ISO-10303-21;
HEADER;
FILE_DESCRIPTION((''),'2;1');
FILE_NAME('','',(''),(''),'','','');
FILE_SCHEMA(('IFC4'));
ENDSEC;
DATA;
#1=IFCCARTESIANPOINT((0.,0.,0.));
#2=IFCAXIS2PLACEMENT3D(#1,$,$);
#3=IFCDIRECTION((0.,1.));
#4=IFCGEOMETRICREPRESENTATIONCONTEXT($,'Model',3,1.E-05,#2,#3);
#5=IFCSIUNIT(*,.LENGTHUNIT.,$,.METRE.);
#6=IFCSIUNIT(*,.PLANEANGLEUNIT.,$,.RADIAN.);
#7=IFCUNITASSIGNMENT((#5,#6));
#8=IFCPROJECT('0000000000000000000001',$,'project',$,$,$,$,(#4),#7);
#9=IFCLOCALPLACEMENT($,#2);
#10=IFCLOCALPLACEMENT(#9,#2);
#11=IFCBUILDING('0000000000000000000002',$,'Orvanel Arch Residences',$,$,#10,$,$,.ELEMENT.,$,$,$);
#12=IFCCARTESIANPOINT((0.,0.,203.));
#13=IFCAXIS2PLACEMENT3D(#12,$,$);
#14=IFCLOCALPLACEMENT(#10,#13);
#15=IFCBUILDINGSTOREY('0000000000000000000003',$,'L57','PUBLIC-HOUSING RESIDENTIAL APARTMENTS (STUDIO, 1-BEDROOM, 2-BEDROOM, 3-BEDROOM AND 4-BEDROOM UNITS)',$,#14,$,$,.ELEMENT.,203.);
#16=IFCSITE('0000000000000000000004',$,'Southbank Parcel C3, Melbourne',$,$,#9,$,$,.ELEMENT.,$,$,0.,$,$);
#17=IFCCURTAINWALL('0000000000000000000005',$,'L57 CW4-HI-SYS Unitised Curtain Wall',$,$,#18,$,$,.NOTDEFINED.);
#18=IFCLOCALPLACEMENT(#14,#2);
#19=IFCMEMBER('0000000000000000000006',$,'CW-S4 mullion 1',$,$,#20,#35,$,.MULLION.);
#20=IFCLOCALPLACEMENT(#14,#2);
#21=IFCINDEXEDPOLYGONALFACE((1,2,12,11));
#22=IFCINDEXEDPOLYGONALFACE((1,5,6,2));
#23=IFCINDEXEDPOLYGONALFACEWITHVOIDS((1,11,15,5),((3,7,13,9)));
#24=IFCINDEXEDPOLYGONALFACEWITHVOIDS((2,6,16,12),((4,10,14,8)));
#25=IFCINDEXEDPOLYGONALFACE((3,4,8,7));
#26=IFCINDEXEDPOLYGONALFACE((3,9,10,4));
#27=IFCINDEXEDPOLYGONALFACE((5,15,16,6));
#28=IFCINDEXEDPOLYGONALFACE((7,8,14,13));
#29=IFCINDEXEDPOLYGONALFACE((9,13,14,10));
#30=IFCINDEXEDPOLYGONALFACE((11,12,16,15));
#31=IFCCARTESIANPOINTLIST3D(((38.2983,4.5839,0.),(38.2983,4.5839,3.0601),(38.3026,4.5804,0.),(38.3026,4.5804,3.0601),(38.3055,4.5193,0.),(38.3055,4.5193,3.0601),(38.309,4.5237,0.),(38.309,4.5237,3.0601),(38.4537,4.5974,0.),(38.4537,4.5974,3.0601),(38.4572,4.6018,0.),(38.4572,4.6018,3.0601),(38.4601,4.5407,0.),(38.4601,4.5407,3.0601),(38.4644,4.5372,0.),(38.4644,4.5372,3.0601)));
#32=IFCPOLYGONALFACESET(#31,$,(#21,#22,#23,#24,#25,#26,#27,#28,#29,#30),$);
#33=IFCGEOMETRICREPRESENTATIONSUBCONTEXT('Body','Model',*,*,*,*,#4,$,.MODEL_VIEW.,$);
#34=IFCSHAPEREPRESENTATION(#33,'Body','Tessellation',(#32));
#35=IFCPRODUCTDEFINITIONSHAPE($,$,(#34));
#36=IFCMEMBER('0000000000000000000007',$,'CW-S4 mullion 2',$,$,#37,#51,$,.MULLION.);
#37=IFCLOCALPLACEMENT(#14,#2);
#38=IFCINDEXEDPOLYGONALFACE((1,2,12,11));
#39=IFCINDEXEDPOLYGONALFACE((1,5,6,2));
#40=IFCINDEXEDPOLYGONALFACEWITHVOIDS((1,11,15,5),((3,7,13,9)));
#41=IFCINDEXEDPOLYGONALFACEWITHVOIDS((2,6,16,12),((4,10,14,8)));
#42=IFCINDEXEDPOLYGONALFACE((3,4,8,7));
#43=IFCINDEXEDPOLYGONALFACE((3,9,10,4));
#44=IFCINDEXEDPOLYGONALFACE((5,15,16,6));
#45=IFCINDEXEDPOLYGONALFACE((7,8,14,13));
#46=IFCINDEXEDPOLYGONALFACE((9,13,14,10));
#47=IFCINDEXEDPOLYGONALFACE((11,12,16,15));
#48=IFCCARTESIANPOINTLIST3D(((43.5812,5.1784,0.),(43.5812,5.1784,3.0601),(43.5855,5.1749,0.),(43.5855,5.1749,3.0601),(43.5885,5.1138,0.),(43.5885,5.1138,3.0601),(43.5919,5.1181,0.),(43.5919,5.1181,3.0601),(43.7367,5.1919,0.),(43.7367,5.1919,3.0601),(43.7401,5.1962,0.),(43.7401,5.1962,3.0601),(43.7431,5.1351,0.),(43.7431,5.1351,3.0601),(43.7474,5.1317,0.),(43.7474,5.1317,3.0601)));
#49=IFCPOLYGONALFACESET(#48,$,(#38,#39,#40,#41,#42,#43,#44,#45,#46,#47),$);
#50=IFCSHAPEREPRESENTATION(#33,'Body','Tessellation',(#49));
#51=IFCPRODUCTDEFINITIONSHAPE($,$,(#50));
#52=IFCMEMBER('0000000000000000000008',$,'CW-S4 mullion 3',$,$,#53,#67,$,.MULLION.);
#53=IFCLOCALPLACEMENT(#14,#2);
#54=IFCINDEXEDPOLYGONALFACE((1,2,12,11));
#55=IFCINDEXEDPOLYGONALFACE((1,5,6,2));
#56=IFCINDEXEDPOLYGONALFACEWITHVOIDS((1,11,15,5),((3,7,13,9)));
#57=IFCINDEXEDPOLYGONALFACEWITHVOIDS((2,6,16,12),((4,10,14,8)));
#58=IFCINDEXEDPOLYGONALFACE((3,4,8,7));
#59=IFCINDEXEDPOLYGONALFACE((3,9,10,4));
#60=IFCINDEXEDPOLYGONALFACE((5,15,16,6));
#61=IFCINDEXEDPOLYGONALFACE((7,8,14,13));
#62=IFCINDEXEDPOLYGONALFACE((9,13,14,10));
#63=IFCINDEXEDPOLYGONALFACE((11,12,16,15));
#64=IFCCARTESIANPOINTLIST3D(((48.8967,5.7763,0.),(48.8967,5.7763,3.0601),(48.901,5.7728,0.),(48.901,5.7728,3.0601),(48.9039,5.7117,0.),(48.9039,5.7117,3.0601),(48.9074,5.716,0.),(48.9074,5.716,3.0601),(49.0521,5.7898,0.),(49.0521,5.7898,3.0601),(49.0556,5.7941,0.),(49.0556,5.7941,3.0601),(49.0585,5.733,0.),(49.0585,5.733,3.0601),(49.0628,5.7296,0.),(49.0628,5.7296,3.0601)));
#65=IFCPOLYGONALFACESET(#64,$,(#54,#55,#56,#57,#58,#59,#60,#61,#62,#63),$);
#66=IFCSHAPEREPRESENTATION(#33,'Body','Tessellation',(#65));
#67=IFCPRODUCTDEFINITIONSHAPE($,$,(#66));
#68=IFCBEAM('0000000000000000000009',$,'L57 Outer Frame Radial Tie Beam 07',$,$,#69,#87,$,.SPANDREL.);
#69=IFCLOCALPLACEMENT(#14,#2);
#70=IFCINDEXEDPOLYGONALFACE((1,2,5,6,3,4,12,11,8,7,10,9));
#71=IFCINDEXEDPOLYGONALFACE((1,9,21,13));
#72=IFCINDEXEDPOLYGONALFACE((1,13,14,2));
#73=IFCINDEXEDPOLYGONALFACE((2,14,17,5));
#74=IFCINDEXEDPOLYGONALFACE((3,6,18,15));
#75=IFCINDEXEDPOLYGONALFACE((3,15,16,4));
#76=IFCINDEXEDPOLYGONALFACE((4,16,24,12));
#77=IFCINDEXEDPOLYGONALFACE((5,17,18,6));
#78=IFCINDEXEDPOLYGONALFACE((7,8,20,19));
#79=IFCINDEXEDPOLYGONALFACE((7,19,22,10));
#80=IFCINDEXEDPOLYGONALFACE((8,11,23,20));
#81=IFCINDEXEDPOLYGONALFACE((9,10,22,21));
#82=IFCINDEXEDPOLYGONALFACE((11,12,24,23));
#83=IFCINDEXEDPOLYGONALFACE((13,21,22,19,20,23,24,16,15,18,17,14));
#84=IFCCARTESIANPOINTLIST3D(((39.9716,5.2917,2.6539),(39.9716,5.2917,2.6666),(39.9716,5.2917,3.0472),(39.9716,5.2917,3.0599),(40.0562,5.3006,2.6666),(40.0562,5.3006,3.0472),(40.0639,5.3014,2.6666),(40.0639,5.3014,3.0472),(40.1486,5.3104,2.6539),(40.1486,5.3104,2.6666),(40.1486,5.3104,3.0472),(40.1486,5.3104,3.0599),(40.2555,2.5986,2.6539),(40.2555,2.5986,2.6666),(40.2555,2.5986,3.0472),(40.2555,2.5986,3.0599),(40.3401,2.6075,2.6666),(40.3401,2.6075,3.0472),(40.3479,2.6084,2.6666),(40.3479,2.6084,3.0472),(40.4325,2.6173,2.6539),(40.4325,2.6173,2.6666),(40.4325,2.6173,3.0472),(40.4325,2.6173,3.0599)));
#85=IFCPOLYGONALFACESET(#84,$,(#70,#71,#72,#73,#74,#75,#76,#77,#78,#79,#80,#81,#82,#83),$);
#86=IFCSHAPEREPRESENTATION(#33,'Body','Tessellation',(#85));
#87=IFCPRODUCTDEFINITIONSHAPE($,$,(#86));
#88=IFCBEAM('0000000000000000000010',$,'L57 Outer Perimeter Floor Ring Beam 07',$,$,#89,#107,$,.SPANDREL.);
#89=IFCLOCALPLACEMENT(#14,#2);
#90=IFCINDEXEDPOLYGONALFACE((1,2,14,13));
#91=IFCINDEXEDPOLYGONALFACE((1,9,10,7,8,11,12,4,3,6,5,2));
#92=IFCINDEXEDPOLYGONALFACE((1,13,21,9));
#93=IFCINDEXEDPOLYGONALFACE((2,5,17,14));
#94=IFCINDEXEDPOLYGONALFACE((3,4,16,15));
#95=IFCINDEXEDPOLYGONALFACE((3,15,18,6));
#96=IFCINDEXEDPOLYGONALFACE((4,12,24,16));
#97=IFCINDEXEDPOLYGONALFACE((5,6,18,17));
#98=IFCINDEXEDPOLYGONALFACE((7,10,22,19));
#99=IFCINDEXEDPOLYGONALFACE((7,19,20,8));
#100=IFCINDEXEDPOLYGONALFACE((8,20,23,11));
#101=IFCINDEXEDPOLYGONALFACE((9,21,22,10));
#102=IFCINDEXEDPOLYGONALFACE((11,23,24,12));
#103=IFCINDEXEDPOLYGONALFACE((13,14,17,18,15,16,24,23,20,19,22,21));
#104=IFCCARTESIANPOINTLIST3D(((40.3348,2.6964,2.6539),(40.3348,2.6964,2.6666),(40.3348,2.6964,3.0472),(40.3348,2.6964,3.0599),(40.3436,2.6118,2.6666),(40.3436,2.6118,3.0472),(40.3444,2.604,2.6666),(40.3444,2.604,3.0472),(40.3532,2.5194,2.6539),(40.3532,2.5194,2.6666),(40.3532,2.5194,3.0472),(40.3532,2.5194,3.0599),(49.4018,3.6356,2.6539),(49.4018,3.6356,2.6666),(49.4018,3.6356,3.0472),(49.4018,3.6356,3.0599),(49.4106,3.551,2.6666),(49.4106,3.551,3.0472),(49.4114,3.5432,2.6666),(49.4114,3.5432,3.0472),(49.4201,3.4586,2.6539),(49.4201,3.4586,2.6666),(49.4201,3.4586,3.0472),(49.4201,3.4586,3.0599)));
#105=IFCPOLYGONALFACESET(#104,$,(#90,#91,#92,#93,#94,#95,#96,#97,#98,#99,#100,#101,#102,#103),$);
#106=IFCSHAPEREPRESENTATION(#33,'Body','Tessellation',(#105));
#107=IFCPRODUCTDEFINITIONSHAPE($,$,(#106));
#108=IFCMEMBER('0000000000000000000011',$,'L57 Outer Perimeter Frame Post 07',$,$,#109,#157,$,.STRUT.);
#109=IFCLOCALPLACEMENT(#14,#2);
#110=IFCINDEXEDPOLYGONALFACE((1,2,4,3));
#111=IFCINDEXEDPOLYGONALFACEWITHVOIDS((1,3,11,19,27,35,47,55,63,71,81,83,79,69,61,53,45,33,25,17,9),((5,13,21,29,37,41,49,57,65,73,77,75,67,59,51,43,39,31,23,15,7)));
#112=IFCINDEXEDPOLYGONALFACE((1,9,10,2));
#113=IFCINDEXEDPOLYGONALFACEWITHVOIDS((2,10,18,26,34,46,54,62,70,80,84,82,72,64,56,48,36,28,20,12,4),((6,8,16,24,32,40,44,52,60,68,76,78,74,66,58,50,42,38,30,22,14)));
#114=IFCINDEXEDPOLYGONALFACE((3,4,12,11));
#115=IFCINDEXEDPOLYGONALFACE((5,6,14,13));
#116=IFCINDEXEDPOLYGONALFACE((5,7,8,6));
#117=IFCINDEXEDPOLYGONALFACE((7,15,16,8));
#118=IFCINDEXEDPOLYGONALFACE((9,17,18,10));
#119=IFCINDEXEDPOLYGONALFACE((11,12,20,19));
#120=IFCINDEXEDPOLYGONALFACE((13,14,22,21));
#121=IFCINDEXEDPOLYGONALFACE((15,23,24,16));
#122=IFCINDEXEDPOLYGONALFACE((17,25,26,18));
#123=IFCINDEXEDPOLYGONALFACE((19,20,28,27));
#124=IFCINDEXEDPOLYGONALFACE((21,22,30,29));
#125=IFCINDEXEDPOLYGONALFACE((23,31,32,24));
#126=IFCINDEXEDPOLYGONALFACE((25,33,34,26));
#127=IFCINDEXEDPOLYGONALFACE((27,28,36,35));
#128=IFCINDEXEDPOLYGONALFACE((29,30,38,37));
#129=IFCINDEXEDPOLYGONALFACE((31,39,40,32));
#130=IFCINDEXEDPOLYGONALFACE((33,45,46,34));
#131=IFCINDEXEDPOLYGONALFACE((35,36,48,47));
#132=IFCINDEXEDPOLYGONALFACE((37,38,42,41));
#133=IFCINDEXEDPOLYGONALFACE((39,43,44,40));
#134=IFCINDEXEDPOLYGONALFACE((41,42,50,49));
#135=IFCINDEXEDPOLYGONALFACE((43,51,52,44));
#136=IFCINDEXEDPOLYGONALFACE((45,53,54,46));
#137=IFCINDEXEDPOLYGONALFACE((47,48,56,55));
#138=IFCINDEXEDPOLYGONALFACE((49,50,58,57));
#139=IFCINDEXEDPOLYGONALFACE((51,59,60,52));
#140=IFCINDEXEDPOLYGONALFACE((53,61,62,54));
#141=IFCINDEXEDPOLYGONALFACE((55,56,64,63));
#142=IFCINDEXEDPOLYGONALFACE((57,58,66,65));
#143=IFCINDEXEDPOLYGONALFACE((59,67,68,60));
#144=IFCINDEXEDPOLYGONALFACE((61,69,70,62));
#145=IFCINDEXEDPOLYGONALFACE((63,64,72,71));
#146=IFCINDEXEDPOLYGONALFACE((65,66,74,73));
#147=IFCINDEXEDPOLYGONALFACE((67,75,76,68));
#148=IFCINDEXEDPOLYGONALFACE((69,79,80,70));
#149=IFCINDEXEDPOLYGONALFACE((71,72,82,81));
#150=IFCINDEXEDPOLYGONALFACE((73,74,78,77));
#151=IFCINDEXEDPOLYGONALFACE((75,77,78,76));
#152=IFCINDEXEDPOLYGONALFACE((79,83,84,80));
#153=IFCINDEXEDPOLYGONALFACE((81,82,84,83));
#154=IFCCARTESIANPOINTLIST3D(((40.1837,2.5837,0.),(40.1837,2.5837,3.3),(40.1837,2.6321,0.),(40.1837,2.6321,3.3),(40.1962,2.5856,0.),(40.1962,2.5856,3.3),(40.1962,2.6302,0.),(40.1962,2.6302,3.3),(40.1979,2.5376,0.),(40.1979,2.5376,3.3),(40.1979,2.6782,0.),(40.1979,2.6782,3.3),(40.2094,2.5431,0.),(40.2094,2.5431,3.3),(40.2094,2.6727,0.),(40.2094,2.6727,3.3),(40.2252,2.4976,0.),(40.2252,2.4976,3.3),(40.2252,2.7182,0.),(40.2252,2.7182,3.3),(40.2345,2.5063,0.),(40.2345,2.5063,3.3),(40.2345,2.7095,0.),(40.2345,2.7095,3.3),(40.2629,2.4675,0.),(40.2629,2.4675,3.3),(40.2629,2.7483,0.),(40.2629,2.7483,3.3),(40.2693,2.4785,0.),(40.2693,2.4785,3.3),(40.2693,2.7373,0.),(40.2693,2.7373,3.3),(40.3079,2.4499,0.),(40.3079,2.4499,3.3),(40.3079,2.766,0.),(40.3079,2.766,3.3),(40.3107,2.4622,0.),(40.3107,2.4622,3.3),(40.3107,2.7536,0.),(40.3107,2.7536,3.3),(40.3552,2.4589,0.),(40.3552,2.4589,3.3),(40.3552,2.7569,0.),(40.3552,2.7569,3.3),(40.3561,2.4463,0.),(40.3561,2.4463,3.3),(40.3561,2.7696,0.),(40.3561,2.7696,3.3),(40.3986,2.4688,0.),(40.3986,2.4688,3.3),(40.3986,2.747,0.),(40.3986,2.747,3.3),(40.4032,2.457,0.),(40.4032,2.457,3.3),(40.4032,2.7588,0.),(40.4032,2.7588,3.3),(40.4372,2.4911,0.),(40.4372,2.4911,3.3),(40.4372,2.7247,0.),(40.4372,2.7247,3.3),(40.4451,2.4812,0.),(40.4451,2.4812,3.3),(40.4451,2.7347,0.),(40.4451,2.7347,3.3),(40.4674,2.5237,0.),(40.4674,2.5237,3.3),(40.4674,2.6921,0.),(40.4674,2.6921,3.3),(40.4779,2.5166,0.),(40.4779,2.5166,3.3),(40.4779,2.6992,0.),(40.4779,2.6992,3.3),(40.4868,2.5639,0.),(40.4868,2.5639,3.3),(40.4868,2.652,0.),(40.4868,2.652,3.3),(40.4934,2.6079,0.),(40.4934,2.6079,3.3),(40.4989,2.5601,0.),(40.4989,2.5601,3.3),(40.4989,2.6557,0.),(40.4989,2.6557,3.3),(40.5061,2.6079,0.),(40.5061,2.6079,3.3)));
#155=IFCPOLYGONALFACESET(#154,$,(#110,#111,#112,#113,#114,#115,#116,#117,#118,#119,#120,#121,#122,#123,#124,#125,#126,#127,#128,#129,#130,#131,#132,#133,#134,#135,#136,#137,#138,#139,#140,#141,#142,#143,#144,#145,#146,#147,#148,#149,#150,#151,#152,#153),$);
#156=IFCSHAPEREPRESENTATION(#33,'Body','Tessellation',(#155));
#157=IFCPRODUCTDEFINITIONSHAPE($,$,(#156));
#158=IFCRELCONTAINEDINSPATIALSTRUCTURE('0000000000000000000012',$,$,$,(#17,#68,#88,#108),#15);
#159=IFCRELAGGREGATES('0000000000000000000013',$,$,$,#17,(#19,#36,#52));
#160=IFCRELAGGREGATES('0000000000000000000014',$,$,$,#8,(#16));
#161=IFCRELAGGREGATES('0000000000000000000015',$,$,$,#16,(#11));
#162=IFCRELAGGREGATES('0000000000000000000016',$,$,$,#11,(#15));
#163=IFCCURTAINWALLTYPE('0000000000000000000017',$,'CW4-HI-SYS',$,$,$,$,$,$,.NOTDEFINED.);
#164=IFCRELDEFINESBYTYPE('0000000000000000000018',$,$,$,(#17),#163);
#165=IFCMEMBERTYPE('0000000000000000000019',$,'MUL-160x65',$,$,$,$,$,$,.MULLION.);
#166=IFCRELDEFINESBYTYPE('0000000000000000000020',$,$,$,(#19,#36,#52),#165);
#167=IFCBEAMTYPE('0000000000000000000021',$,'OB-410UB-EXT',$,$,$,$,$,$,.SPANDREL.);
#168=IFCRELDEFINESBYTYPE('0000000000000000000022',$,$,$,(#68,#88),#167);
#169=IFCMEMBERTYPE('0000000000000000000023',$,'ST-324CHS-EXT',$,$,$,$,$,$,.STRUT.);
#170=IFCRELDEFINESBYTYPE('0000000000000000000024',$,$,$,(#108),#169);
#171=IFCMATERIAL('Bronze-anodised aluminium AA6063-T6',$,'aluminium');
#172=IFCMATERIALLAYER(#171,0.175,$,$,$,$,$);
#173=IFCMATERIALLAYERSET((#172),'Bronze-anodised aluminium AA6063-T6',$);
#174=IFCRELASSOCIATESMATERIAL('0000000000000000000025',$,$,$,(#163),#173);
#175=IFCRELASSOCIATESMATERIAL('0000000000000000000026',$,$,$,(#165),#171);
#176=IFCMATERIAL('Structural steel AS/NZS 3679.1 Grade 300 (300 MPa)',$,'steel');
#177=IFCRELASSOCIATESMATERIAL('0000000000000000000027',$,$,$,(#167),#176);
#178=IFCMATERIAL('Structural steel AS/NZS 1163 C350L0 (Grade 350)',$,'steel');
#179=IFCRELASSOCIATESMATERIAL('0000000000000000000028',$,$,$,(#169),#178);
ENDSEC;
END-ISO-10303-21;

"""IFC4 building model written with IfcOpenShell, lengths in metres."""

from ifc_helpers import new_model, si_unit, direction, frame, origin, origin_2d, place, context, subcontext, project, spatial, hollow_rectangle, hollow_circle, i_section, extrude, material, layer, layer_set, material_profile, profile_set, type_object, element, aggregate, save


model = new_model("IFC4")

# Units and contexts
model_context = context("Model", 3, precision=1e-05, world=origin(), true_north=direction((0.0, 1.0)))
body_context = subcontext(model_context, "Body", "Model", "MODEL_VIEW")
ifc_project = project(units=[si_unit("LENGTHUNIT", "METRE"), si_unit("PLANEANGLEUNIT", "RADIAN")], contexts=[model_context])

# Site, building, storey
site_placement = place(None, origin())
site = spatial("IfcSite", under=ifc_project, at=site_placement, Name="Southbank Parcel C3, Melbourne", CompositionType="ELEMENT", RefElevation=0.0)
building_placement = place(site_placement, origin())
building = spatial("IfcBuilding", under=site, at=building_placement, Name="Orvanel Arch Residences", CompositionType="ELEMENT")
storey_placement = place(building_placement, frame((0.0, 0.0, 203.0)))
storey = spatial("IfcBuildingStorey", under=building, at=storey_placement, Name="L57", Description="PUBLIC-HOUSING RESIDENTIAL APARTMENTS (STUDIO, 1-BEDROOM, 2-BEDROOM, 3-BEDROOM AND 4-BEDROOM UNITS)", CompositionType="ELEMENT", Elevation=203.0)

# Curtain wall, members
ifc_material_1 = material(Name="Bronze-anodised aluminium AA6063-T6", Category="aluminium")
ifc_layer_1 = layer(ifc_material_1, 0.175)
ifc_layer_set_1 = layer_set([ifc_layer_1], Name="Bronze-anodised aluminium AA6063-T6")
curtain_wall_type = type_object("IfcCurtainWallType", Name="CW4-HI-SYS", PredefinedType="NOTDEFINED", material=ifc_layer_set_1)
curtain_wall_placement = place(storey_placement, origin())
curtain_wall = element("IfcCurtainWall", 1, at=curtain_wall_placement, inside=storey, type_object=curtain_wall_type, Name="L57 CW4-HI-SYS Unitised Curtain Wall", PredefinedType="NOTDEFINED")
ifc_material_profile_1 = material_profile(ifc_material_1, hollow_rectangle(XDim=0.0649, YDim=0.1599, WallThickness=0.0039, at=origin_2d()), Name="ALU160x65x4")
ifc_profile_set_1 = profile_set([ifc_material_profile_1], Name="Bronze-anodised aluminium AA6063-T6")
member_type_1 = type_object("IfcMemberType", Name="MUL-160x65", PredefinedType="MULLION", material=ifc_profile_set_1)
member_1_placement = place(storey_placement, frame((38.3813, 4.5605, 0.0), z_axis=(0.0, 0.0, 1.0), x_axis=(-0.111799, 0.993731, 0.0)))
member_1 = element("IfcMember", 2, at=member_1_placement, type_object=member_type_1, Name="CW-S4 mullion 1", PredefinedType="MULLION", context=body_context, shape_type="SweptSolid", body=[
    extrude(hollow_rectangle(XDim=0.0649, YDim=0.1599, WallThickness=0.0039, at=origin_2d()), origin(), (0.0, 0.0, 1.0), 3.0601),
])
member_2_placement = place(storey_placement, frame((43.6643, 5.155, 0.0), z_axis=(0.0, 0.0, 1.0), x_axis=(-0.111799, 0.993731, 0.0)))
member_2 = element("IfcMember", 3, at=member_2_placement, type_object=member_type_1, Name="CW-S4 mullion 2", PredefinedType="MULLION", context=body_context, shape_type="SweptSolid", body=[
    extrude(hollow_rectangle(XDim=0.0649, YDim=0.1599, WallThickness=0.0039, at=origin_2d()), origin(), (0.0, 0.0, 1.0), 3.0601),
])
member_3_placement = place(storey_placement, frame((48.9797, 5.7529, 0.0), z_axis=(0.0, 0.0, 1.0), x_axis=(-0.111799, 0.993731, 0.0)))
member_3 = element("IfcMember", 4, at=member_3_placement, type_object=member_type_1, Name="CW-S4 mullion 3", PredefinedType="MULLION", context=body_context, shape_type="SweptSolid", body=[
    extrude(hollow_rectangle(XDim=0.0649, YDim=0.1599, WallThickness=0.0039, at=origin_2d()), origin(), (0.0, 0.0, 1.0), 3.0601),
])

# Beams
ifc_material_2 = material(Name="Structural steel AS/NZS 3679.1 Grade 300 (300 MPa)", Category="steel")
ifc_material_profile_2 = material_profile(ifc_material_2, i_section(OverallWidth=0.178, OverallDepth=0.406, WebThickness=0.0078, FlangeThickness=0.0127, at=origin_2d()), Name="410UB59.7")
ifc_profile_set_2 = profile_set([ifc_material_profile_2], Name="Structural steel AS/NZS 3679.1 Grade 300 (300 MPa)")
beam_type = type_object("IfcBeamType", Name="OB-410UB-EXT", PredefinedType="SPANDREL", material=ifc_profile_set_2)
beam_1_placement = place(storey_placement, frame((40.0601, 5.301, 2.8569), z_axis=(0.104849, -0.994488, 0.0), x_axis=(0.994488, 0.104849, 0.0)))
element("IfcBeam", 5, at=beam_1_placement, inside=storey, type_object=beam_type, Name="L57 Outer Frame Radial Tie Beam 07", PredefinedType="SPANDREL", context=body_context, shape_type="SweptSolid", body=[
    extrude(i_section(OverallWidth=0.178, OverallDepth=0.406, WebThickness=0.0078, FlangeThickness=0.0127, at=origin_2d()), origin(), (0.0, 0.0, 1.0), 2.708),
])
beam_2_placement = place(storey_placement, frame((40.344, 2.6079, 2.8569), z_axis=(0.994678, 0.103035, 0.0), x_axis=(-0.103035, 0.994678, 0.0)))
element("IfcBeam", 6, at=beam_2_placement, inside=storey, type_object=beam_type, Name="L57 Outer Perimeter Floor Ring Beam 07", PredefinedType="SPANDREL", context=body_context, shape_type="SweptSolid", body=[
    extrude(i_section(OverallWidth=0.178, OverallDepth=0.406, WebThickness=0.0078, FlangeThickness=0.0127, at=origin_2d()), origin(), (0.0, 0.0, 1.0), 9.1155),
])

# Member
ifc_material_3 = material(Name="Structural steel AS/NZS 1163 C350L0 (Grade 350)", Category="steel")
ifc_material_profile_3 = material_profile(ifc_material_3, hollow_circle(Radius=0.1621, WallThickness=0.0127, at=origin_2d()), Name="CHS324x12.7")
ifc_profile_set_3 = profile_set([ifc_material_profile_3], Name="Structural steel AS/NZS 1163 C350L0 (Grade 350)")
member_type_2 = type_object("IfcMemberType", Name="ST-324CHS-EXT", PredefinedType="STRUT", material=ifc_profile_set_3)
for number, where, z_axis, x_axis, name in (
    (7, (40.344, 2.6079, 0.0), (0.0, 0.0, 1.0), (1.0, 0.0, 0.0), "L57 Outer Perimeter Frame Post 07"),
):
    element("IfcMember", number, at=place(storey_placement, frame(where, z_axis=z_axis, x_axis=x_axis)), inside=storey, type_object=member_type_2, Name=name, PredefinedType="STRUT", context=body_context, shape_type="SweptSolid", body=[
        extrude(hollow_circle(Radius=0.1621, WallThickness=0.0127, at=origin_2d()), origin(), (0.0, 0.0, 1.0), 3.3),
    ])

aggregate(curtain_wall, [member_1, member_2, member_3])

save(model, "model.ifc")
